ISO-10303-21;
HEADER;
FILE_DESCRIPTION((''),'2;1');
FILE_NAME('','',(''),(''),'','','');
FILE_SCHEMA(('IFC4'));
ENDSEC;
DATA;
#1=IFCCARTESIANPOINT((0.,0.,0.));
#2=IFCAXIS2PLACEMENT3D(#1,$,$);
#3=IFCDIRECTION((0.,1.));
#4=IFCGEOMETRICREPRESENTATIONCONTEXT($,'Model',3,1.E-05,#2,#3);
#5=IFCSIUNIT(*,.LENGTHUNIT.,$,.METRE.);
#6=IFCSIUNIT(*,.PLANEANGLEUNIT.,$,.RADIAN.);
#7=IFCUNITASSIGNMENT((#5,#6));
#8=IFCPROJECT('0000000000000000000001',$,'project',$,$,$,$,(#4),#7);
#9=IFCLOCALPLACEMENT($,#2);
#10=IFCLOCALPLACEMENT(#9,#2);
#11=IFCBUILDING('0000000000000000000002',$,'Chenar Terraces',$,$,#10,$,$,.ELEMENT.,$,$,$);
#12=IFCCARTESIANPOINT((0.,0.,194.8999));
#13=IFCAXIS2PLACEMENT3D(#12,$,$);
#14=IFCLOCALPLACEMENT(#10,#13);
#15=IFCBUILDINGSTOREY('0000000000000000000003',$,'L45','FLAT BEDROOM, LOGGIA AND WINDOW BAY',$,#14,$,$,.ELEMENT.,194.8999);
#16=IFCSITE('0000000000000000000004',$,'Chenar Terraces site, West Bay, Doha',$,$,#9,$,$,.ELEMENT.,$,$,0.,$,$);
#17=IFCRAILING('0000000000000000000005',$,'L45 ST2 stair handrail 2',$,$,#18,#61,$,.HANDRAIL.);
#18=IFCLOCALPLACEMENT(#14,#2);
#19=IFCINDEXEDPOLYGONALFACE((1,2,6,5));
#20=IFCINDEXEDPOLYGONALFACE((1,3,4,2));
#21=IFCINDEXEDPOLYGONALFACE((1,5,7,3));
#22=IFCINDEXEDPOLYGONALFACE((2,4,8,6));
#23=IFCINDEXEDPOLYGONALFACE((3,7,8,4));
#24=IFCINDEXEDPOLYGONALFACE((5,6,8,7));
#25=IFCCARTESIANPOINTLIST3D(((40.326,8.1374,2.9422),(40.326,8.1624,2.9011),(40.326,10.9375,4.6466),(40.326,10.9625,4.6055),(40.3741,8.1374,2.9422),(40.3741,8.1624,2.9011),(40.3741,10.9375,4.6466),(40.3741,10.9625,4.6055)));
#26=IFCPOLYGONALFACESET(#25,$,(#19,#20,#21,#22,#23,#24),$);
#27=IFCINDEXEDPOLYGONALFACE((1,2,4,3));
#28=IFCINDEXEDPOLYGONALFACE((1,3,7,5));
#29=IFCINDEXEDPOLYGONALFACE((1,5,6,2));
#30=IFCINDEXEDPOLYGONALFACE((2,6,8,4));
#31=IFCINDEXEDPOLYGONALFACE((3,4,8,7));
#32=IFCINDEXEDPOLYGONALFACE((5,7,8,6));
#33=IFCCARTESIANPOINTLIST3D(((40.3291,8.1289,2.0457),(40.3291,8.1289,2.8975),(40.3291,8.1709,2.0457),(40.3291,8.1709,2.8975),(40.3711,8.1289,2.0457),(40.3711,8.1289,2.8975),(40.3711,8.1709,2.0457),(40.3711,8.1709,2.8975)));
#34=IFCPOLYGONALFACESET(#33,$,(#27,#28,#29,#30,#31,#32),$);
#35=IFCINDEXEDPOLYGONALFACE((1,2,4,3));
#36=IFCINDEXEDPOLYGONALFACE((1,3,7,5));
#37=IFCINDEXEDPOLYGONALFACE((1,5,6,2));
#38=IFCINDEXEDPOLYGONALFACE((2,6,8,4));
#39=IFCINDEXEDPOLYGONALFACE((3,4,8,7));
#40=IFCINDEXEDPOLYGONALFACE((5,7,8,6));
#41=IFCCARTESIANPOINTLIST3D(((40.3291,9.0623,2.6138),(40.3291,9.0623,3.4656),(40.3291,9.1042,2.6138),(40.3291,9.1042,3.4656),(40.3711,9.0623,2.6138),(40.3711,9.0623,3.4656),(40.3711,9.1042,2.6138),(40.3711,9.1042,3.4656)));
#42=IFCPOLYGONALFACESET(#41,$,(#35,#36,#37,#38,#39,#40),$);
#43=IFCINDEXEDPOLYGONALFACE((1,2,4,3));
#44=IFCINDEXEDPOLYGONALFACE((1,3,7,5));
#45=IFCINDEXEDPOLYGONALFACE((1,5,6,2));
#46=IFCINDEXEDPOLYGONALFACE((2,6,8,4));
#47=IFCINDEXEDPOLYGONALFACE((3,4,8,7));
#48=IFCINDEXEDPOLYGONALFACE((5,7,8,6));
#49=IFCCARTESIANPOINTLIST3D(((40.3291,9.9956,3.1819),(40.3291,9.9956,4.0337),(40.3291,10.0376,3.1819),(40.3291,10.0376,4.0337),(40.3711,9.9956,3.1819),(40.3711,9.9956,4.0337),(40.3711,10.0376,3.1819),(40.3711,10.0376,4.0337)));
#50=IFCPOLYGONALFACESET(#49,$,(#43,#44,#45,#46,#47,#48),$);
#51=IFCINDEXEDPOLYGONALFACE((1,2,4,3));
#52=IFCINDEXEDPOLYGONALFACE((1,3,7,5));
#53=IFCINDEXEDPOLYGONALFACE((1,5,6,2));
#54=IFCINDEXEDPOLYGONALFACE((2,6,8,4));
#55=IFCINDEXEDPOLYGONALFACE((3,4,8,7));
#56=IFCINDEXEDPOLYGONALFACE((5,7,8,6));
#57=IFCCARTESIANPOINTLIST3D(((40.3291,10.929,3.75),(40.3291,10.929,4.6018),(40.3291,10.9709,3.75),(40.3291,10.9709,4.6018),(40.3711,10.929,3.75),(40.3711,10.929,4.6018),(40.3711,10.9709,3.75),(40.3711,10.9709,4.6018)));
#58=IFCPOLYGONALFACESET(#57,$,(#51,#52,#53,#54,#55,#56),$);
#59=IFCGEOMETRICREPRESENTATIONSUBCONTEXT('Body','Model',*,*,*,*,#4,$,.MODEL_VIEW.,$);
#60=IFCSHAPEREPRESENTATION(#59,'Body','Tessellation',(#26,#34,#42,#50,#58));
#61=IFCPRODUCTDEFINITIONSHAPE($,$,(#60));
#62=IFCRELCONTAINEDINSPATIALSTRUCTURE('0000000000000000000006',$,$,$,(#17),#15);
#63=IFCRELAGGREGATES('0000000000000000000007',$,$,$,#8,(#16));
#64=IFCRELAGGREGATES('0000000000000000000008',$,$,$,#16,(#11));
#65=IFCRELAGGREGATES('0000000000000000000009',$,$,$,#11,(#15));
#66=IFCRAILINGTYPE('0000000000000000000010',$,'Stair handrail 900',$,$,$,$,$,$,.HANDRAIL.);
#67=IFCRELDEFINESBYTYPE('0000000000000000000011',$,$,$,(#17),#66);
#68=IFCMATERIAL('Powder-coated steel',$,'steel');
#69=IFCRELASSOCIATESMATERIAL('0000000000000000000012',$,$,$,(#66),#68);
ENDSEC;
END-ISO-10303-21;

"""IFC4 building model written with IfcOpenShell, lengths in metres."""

from ifc_helpers import new_model, si_unit, direction, frame, origin, origin_2d, place, context, subcontext, project, spatial, rectangle, extrude, material, type_object, element, save


model = new_model("IFC4")

# Units and contexts
model_context = context("Model", 3, precision=1e-05, world=origin(), true_north=direction((0.0, 1.0)))
body_context = subcontext(model_context, "Body", "Model", "MODEL_VIEW")
ifc_project = project(units=[si_unit("LENGTHUNIT", "METRE"), si_unit("PLANEANGLEUNIT", "RADIAN")], contexts=[model_context])

# Site, building, storey
site_placement = place(None, origin())
site = spatial("IfcSite", under=ifc_project, at=site_placement, Name="Chenar Terraces site, West Bay, Doha", CompositionType="ELEMENT", RefElevation=0.0)
building_placement = place(site_placement, origin())
building = spatial("IfcBuilding", under=site, at=building_placement, Name="Chenar Terraces", CompositionType="ELEMENT")
storey_placement = place(building_placement, frame((0.0, 0.0, 194.8999)))
storey = spatial("IfcBuildingStorey", under=building, at=storey_placement, Name="L45", Description="FLAT BEDROOM, LOGGIA AND WINDOW BAY", CompositionType="ELEMENT", Elevation=194.8999)

# Railing
ifc_material_1 = material(Name="Powder-coated steel", Category="steel")
railing_type_1 = type_object("IfcRailingType", Name="Stair handrail 900", PredefinedType="HANDRAIL", material=ifc_material_1)
railing_1_placement = place(storey_placement, frame((40.3501, 8.1499, 2.0457)))
element("IfcRailing", 1, at=railing_1_placement, inside=storey, type_object=railing_type_1, Name="L45 ST2 stair handrail 2", PredefinedType="HANDRAIL", context=body_context, shape_type="SweptSolid", body=[
    extrude(rectangle(XDim=0.0481, YDim=0.0481, at=origin_2d()), frame((0.0, 0.0, 0.876), z_axis=(0.0, 0.854203, 0.51994), x_axis=(-1.0, 0.0, 0.0)), (0.0, 0.0, 1.0), 3.2781),
    extrude(rectangle(XDim=0.042, YDim=0.042, at=origin_2d()), origin(), (0.0, 0.0, 1.0), 0.8518),
    extrude(rectangle(XDim=0.042, YDim=0.042, at=origin_2d()), frame((0.0, 0.9333, 0.5681)), (0.0, 0.0, 1.0), 0.8518),
    extrude(rectangle(XDim=0.042, YDim=0.042, at=origin_2d()), frame((0.0, 1.8667, 1.1362)), (0.0, 0.0, 1.0), 0.8518),
    extrude(rectangle(XDim=0.042, YDim=0.042, at=origin_2d()), frame((0.0, 2.8, 1.7043)), (0.0, 0.0, 1.0), 0.8518),
])

save(model, "model.ifc")
